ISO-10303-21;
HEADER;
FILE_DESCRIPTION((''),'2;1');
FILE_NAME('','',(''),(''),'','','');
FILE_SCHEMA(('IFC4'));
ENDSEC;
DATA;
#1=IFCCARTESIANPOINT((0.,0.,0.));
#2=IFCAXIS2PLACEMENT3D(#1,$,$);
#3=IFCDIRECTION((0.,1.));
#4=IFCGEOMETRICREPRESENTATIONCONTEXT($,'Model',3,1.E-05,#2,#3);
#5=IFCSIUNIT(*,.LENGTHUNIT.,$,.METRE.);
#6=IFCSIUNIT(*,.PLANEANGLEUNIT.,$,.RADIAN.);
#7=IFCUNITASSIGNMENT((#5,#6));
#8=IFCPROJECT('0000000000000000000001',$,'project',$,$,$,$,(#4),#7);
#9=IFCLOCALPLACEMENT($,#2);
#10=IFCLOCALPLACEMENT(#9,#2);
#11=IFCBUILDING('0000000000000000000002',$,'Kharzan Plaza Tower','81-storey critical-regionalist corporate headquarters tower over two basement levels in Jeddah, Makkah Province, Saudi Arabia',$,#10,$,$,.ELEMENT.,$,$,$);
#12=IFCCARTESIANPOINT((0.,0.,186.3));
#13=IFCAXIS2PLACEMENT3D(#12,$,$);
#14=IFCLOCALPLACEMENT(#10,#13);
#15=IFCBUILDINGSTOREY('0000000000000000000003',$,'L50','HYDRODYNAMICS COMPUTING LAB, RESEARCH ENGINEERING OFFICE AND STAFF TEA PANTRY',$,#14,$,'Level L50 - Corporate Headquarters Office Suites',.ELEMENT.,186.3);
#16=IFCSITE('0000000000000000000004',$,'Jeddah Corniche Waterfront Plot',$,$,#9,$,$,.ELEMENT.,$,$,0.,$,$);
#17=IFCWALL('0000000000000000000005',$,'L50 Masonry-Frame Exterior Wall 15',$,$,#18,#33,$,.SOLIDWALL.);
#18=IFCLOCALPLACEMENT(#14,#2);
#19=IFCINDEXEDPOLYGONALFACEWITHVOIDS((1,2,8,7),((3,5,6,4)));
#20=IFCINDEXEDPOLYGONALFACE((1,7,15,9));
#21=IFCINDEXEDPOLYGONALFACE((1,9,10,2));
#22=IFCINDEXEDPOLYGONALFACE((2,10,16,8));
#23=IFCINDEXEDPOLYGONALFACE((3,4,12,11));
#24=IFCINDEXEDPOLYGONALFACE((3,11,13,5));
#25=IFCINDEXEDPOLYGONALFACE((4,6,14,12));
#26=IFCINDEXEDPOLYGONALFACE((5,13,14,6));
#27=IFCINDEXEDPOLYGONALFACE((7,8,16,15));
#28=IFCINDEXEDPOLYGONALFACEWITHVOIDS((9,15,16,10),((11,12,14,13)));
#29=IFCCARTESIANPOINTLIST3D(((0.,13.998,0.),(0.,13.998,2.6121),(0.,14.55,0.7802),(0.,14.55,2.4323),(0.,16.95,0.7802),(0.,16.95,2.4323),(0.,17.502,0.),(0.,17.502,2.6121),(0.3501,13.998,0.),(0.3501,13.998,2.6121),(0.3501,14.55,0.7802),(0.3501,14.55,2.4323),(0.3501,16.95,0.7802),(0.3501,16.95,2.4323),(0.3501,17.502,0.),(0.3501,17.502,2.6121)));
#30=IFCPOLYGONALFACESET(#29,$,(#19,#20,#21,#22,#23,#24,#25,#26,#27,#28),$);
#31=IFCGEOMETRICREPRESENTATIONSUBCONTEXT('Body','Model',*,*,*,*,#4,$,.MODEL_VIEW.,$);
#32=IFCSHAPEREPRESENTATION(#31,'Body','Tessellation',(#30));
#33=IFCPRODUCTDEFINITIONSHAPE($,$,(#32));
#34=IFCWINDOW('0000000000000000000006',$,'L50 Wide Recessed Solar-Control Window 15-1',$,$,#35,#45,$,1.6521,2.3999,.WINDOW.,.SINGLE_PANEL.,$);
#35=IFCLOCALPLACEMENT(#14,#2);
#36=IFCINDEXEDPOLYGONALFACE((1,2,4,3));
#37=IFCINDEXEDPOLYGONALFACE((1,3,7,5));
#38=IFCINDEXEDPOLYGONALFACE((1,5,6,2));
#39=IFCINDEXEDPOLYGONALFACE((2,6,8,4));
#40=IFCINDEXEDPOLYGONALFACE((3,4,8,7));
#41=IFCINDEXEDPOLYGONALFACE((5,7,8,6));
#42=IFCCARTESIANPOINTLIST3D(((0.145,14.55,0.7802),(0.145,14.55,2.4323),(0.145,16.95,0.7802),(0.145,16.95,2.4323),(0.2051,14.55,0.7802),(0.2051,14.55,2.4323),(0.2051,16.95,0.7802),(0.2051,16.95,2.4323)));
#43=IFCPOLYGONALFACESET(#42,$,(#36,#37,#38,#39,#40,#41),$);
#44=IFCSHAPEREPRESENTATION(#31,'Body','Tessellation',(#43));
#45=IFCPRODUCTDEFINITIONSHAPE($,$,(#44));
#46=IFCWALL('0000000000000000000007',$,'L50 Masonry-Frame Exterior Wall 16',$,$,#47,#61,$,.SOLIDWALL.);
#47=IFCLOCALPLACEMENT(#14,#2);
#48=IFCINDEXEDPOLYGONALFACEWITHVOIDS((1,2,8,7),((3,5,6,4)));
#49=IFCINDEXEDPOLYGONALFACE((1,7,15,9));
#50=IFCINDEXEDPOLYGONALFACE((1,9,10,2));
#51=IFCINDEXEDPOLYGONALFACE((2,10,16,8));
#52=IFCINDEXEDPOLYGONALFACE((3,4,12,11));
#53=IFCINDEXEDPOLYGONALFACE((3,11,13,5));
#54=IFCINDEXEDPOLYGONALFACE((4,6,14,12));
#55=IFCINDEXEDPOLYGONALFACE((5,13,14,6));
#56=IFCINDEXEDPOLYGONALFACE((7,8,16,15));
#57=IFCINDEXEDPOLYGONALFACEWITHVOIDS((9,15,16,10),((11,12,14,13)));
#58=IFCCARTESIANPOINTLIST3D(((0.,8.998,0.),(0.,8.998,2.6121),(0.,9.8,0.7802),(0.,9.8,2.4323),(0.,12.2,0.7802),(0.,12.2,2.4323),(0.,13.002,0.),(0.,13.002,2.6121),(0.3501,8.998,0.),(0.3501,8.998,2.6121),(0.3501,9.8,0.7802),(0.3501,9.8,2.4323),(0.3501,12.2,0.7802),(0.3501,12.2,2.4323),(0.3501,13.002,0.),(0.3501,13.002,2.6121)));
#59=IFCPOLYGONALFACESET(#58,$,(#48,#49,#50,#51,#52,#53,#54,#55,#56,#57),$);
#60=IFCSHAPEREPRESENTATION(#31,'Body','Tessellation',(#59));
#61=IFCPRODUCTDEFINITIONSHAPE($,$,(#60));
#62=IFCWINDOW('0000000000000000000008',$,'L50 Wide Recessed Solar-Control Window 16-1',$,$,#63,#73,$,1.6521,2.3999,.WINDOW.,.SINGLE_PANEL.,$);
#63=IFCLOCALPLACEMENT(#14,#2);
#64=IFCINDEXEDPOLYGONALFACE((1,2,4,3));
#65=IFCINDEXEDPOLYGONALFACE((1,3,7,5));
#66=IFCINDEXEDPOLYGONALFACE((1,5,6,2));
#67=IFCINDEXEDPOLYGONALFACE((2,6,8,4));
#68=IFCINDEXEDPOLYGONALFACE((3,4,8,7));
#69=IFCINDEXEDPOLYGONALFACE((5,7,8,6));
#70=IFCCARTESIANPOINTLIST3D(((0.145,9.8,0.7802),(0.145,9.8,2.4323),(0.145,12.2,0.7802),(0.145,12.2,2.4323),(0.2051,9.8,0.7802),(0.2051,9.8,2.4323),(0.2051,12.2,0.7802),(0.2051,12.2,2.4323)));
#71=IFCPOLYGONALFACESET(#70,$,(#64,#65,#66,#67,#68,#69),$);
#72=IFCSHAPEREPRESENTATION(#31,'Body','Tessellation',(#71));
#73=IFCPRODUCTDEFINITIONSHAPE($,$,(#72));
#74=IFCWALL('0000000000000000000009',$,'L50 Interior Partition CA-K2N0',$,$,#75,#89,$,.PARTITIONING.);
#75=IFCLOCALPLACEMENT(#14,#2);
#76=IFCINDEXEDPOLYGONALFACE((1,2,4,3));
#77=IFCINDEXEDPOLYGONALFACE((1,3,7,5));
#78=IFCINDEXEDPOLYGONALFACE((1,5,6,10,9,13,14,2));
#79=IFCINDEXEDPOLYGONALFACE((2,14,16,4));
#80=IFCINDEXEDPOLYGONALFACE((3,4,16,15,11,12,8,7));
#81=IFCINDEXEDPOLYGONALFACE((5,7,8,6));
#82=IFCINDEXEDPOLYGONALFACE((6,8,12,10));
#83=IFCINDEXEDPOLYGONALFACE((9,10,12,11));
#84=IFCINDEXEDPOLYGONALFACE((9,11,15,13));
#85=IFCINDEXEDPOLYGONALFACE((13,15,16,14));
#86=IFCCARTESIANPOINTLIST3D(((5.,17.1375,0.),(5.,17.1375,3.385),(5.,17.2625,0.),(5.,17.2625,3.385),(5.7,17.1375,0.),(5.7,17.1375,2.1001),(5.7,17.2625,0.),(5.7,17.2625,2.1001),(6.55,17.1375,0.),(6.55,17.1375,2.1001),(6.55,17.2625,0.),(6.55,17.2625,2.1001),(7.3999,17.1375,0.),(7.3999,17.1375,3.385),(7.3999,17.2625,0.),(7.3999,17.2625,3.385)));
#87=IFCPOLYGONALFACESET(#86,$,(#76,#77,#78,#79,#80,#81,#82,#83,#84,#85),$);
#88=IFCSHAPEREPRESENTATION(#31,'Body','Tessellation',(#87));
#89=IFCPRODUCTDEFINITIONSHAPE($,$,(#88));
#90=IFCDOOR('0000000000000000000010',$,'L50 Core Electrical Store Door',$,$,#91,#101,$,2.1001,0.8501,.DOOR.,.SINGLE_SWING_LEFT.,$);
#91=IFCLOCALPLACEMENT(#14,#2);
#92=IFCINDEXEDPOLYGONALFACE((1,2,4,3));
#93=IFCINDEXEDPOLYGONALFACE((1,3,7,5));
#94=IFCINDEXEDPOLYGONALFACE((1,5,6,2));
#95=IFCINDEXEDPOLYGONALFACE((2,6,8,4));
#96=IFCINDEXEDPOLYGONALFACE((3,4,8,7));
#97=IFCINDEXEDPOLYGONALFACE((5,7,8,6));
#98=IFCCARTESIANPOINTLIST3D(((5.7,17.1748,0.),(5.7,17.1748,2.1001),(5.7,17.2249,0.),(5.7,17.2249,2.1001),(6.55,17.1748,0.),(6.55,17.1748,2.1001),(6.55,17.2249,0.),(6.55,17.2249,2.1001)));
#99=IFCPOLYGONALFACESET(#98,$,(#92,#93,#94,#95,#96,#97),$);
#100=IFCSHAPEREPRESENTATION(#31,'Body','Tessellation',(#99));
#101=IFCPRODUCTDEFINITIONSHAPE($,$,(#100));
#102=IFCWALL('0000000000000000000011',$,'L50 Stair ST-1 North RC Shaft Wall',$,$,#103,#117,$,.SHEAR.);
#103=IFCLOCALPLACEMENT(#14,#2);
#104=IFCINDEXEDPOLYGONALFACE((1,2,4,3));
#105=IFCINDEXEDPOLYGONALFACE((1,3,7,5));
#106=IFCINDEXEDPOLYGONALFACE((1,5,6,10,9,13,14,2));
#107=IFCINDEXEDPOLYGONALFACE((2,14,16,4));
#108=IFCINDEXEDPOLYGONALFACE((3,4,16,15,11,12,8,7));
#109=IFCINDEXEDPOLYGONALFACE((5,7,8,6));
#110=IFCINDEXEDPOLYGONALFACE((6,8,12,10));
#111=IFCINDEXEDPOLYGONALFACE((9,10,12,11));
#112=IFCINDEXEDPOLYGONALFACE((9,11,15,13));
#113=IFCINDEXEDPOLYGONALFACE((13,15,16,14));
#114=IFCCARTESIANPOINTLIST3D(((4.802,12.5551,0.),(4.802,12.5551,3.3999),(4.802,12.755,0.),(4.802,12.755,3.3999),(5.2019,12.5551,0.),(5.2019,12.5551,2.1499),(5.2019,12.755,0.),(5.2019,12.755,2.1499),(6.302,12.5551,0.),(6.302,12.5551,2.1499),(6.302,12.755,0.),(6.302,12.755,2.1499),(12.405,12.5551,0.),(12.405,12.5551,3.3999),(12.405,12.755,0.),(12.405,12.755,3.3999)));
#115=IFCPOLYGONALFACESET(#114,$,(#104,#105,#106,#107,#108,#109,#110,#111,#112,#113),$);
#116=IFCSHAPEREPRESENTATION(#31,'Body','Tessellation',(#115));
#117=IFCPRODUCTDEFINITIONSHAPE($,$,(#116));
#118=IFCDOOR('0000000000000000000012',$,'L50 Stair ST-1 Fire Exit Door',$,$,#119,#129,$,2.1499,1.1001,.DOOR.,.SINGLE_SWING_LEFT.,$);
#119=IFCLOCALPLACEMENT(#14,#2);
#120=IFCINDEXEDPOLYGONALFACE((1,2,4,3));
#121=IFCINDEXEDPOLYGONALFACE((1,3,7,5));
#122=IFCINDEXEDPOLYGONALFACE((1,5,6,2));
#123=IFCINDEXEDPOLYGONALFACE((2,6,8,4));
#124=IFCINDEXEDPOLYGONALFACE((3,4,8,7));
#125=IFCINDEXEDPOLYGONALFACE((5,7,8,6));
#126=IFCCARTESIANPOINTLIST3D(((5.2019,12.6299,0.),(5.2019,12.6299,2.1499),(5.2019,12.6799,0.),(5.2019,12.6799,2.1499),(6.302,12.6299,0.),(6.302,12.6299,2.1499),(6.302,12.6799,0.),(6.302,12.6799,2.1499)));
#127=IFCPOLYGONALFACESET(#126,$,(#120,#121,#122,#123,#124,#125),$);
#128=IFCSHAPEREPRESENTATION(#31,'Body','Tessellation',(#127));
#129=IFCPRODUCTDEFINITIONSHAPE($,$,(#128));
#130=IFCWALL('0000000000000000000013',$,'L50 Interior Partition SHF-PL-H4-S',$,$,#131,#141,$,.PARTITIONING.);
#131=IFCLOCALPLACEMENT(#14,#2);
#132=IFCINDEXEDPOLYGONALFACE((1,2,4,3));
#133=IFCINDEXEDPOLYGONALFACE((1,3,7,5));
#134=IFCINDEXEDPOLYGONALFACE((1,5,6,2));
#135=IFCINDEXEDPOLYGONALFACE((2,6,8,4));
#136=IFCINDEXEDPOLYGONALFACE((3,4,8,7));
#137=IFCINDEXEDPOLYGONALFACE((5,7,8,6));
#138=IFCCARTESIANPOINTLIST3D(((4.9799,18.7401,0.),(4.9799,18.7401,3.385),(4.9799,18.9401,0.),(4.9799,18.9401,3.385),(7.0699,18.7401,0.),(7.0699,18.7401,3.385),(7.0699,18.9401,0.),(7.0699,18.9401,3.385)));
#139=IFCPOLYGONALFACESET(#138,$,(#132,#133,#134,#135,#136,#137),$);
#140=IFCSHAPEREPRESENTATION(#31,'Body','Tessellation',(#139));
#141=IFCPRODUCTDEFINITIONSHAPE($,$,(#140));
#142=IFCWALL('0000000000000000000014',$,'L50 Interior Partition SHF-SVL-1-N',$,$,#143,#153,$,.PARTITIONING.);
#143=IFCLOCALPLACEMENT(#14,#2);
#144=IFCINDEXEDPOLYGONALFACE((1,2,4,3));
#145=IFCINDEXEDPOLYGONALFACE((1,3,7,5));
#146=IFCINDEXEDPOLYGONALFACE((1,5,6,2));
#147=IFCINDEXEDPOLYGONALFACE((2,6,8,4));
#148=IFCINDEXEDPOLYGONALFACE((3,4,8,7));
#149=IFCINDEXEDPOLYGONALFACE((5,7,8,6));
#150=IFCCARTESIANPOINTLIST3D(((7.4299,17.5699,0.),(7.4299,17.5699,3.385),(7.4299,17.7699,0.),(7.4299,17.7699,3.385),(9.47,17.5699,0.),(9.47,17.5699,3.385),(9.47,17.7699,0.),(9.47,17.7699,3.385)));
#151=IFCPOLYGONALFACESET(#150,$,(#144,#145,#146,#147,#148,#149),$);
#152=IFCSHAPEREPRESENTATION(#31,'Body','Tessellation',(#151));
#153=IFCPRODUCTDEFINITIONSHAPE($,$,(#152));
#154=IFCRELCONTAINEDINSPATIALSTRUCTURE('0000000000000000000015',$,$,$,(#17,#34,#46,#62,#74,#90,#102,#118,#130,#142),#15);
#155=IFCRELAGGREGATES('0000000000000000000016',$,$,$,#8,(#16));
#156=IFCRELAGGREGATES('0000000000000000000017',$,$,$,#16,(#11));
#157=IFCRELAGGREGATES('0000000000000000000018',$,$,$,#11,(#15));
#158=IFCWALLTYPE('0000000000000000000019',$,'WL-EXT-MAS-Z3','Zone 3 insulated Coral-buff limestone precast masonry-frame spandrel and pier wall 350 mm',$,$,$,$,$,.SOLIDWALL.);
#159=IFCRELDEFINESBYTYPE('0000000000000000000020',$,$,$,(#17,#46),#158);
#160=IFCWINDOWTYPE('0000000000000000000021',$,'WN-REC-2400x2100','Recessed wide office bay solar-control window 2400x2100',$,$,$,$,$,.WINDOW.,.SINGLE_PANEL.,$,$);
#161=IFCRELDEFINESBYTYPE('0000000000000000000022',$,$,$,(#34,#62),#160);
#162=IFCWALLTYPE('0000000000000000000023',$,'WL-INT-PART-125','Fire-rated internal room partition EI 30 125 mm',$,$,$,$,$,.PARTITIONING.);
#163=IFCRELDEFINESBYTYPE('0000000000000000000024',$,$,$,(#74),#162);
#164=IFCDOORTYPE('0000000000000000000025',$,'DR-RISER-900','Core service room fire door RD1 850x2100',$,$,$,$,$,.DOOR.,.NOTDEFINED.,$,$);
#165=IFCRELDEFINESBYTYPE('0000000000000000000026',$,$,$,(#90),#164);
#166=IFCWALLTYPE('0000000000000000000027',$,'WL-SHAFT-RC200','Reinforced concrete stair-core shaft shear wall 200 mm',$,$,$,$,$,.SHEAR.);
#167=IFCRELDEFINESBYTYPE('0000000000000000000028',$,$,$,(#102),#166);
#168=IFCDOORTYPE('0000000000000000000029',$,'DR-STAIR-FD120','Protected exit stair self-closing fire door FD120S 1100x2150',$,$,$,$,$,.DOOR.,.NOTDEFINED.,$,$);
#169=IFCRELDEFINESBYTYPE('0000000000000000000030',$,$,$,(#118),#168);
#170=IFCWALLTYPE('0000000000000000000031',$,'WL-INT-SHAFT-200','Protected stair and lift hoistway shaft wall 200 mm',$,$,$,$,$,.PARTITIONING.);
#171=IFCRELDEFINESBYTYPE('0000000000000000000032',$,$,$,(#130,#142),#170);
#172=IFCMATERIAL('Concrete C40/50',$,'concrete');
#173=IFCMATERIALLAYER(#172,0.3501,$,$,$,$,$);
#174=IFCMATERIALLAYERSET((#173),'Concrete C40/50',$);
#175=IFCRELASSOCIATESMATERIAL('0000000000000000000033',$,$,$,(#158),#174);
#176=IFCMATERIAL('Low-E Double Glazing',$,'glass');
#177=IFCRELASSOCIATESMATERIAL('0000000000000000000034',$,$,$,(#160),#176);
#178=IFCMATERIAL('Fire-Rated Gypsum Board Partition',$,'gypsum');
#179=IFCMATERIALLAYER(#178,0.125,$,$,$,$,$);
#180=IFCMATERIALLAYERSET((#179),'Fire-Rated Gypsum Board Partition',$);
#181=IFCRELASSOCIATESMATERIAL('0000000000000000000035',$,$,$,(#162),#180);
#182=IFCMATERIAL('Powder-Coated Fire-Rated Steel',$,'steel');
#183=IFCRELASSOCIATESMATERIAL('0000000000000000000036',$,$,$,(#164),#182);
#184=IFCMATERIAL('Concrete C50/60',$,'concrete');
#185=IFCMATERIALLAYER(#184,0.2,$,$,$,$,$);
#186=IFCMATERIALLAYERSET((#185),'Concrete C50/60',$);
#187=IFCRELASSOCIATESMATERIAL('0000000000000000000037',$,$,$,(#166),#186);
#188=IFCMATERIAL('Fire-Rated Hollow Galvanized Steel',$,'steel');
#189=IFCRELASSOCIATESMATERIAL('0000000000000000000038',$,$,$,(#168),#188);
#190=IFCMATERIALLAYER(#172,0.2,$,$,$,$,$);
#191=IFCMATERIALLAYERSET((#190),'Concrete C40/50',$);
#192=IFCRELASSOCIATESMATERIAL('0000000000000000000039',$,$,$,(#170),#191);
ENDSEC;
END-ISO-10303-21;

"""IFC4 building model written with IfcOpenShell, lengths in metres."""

from ifc_helpers import new_model, si_unit, direction, frame, frame_2d, origin, place, context, subcontext, project, spatial, rectangle, extrude, source, transform, mapped, material, layer, layer_set, type_object, element, fill, save


model = new_model("IFC4")

# Units and contexts
model_context = context("Model", 3, precision=1e-05, world=origin(), true_north=direction((0.0, 1.0)))
body_context = subcontext(model_context, "Body", "Model", "MODEL_VIEW")
ifc_project = project(units=[si_unit("LENGTHUNIT", "METRE"), si_unit("PLANEANGLEUNIT", "RADIAN")], contexts=[model_context])

# Site, building, storey
site_placement = place(None, origin())
site = spatial("IfcSite", under=ifc_project, at=site_placement, Name="Jeddah Corniche Waterfront Plot", CompositionType="ELEMENT", RefElevation=0.0)
building_placement = place(site_placement, origin())
building = spatial("IfcBuilding", under=site, at=building_placement, Name="Kharzan Plaza Tower", Description="81-storey critical-regionalist corporate headquarters tower over two basement levels in Jeddah, Makkah Province, Saudi Arabia", CompositionType="ELEMENT")
storey_placement = place(building_placement, frame((0.0, 0.0, 186.3)))
storey = spatial("IfcBuildingStorey", under=building, at=storey_placement, Name="L50", Description="HYDRODYNAMICS COMPUTING LAB, RESEARCH ENGINEERING OFFICE AND STAFF TEA PANTRY", LongName="Level L50 - Corporate Headquarters Office Suites", CompositionType="ELEMENT", Elevation=186.3)

# Shared definitions
ifc_material_1 = material(Name="Concrete C50/60", Category="concrete")

# Walls, openings, windows
ifc_material_2 = material(Name="Concrete C40/50", Category="concrete")
ifc_layer_1 = layer(ifc_material_2, 0.3501)
ifc_layer_set_1 = layer_set([ifc_layer_1], Name="Concrete C40/50")
wall_type_1 = type_object("IfcWallType", Name="WL-EXT-MAS-Z3", Description="Zone 3 insulated Coral-buff limestone precast masonry-frame spandrel and pier wall 350 mm", PredefinedType="SOLIDWALL", material=ifc_layer_set_1)
wall_1_placement = place(storey_placement, frame((0.175, 17.502, 0.0), z_axis=(0.0, 0.0, 1.0), x_axis=(0.0, -1.0, 0.0)))
wall_1 = element("IfcWall", 1, at=wall_1_placement, inside=storey, type_object=wall_type_1, Name="L50 Masonry-Frame Exterior Wall 15", PredefinedType="SOLIDWALL", context=body_context, shape_type="SweptSolid", body=[
    extrude(rectangle(XDim=3.5039, YDim=0.3501, at=frame_2d((1.752, 0.0))), origin(), (0.0, 0.0, 1.0), 2.6121),
])
opening_1_placement = place(wall_1_placement, frame((0.552, 0.0, 0.78)))
opening_1 = element("IfcOpeningElement", 2, at=opening_1_placement, cuts=wall_1, PredefinedType="OPENING", context=body_context, shape_type="SweptSolid", body=[
    extrude(rectangle(XDim=2.3999, YDim=1.6521, at=frame_2d((1.2, 0.8262))), frame((0.0, 0.1851, 0.0), z_axis=(0.0, -1.0, 0.0), x_axis=(1.0, 0.0, 0.0)), (0.0, 0.0, 1.0), 0.3701),
])
ifc_material_3 = material(Name="Low-E Double Glazing", Category="glass")
window_type = type_object("IfcWindowType", Name="WN-REC-2400x2100", Description="Recessed wide office bay solar-control window 2400x2100", PartitioningType="SINGLE_PANEL", PredefinedType="WINDOW", material=ifc_material_3)
shared_shape_1 = source(origin(), body_context, "Body", "SweptSolid", [
    extrude(rectangle(XDim=2.3999, YDim=1.6521, at=frame_2d((1.2, 0.8262))), frame((0.0, 0.03, 0.0), z_axis=(0.0, -1.0, 0.0), x_axis=(1.0, 0.0, 0.0)), (0.0, 0.0, 1.0), 0.0601),
])
window_1_placement = place(opening_1_placement, origin())
window_1 = element("IfcWindow", 3, at=window_1_placement, inside=storey, type_object=window_type, Name="L50 Wide Recessed Solar-Control Window 15-1", OverallHeight=1.6521, OverallWidth=2.3999, PartitioningType="SINGLE_PANEL", PredefinedType="WINDOW", context=body_context, shape_type="MappedRepresentation", body=[
    mapped(shared_shape_1, transform((0.0, 0.0, 0.0), x_axis=(1.0, 0.0, 0.0), y_axis=(0.0, 1.0, 0.0), z_axis=(0.0, 0.0, 1.0))),
])
fill(opening_1, window_1)
wall_2_placement = place(storey_placement, frame((0.175, 13.002, 0.0), z_axis=(0.0, 0.0, 1.0), x_axis=(0.0, -1.0, 0.0)))
wall_2 = element("IfcWall", 4, at=wall_2_placement, inside=storey, type_object=wall_type_1, Name="L50 Masonry-Frame Exterior Wall 16", PredefinedType="SOLIDWALL", context=body_context, shape_type="SweptSolid", body=[
    extrude(rectangle(XDim=4.0039, YDim=0.3501, at=frame_2d((2.002, 0.0))), origin(), (0.0, 0.0, 1.0), 2.6121),
])
opening_2_placement = place(wall_2_placement, frame((0.802, 0.0, 0.78)))
opening_2 = element("IfcOpeningElement", 5, at=opening_2_placement, cuts=wall_2, PredefinedType="OPENING", context=body_context, shape_type="SweptSolid", body=[
    extrude(rectangle(XDim=2.3999, YDim=1.6521, at=frame_2d((1.2, 0.8262))), frame((0.0, 0.1851, 0.0), z_axis=(0.0, -1.0, 0.0), x_axis=(1.0, 0.0, 0.0)), (0.0, 0.0, 1.0), 0.3701),
])
window_2_placement = place(opening_2_placement, origin())
window_2 = element("IfcWindow", 6, at=window_2_placement, inside=storey, type_object=window_type, Name="L50 Wide Recessed Solar-Control Window 16-1", OverallHeight=1.6521, OverallWidth=2.3999, PartitioningType="SINGLE_PANEL", PredefinedType="WINDOW", context=body_context, shape_type="MappedRepresentation", body=[
    mapped(shared_shape_1, transform((0.0, 0.0, 0.0), x_axis=(1.0, 0.0, 0.0), y_axis=(0.0, 1.0, 0.0), z_axis=(0.0, 0.0, 1.0))),
])
fill(opening_2, window_2)

# Walls, openings, doors
ifc_material_4 = material(Name="Fire-Rated Gypsum Board Partition", Category="gypsum")
ifc_layer_2 = layer(ifc_material_4, 0.125)
ifc_layer_set_2 = layer_set([ifc_layer_2], Name="Fire-Rated Gypsum Board Partition")
wall_type_2 = type_object("IfcWallType", Name="WL-INT-PART-125", Description="Fire-rated internal room partition EI 30 125 mm", PredefinedType="PARTITIONING", material=ifc_layer_set_2)
wall_3_placement = place(storey_placement, frame((5.0, 17.2, 0.0), z_axis=(0.0, 0.0, 1.0), x_axis=(1.0, 0.0, 0.0)))
wall_3 = element("IfcWall", 7, at=wall_3_placement, inside=storey, type_object=wall_type_2, Name="L50 Interior Partition CA-K2N0", PredefinedType="PARTITIONING", context=body_context, shape_type="SweptSolid", body=[
    extrude(rectangle(XDim=2.3999, YDim=0.125, at=frame_2d((1.2, 0.0))), origin(), (0.0, 0.0, 1.0), 3.385),
])
opening_3_placement = place(wall_3_placement, frame((0.7, 0.0, 0.0)))
opening_3 = element("IfcOpeningElement", 8, at=opening_3_placement, cuts=wall_3, PredefinedType="OPENING", context=body_context, shape_type="SweptSolid", body=[
    extrude(rectangle(XDim=0.8501, YDim=2.1001, at=frame_2d((0.425, 1.05))), frame((0.0, 0.0725, 0.0), z_axis=(0.0, -1.0, 0.0), x_axis=(1.0, 0.0, 0.0)), (0.0, 0.0, 1.0), 0.145),
])
ifc_material_5 = material(Name="Powder-Coated Fire-Rated Steel", Category="steel")
door_type_1 = type_object("IfcDoorType", Name="DR-RISER-900", Description="Core service room fire door RD1 850x2100", OperationType="NOTDEFINED", PredefinedType="DOOR", material=ifc_material_5)
shared_shape_2 = source(origin(), body_context, "Body", "SweptSolid", [
    extrude(rectangle(XDim=0.8501, YDim=2.1001, at=frame_2d((0.425, 1.05))), frame((0.0, 0.0249, 0.0), z_axis=(0.0, -1.0, 0.0), x_axis=(1.0, 0.0, 0.0)), (0.0, 0.0, 1.0), 0.05),
])
door_1_placement = place(opening_3_placement, origin())
door_1 = element("IfcDoor", 9, at=door_1_placement, inside=storey, type_object=door_type_1, Name="L50 Core Electrical Store Door", OperationType="SINGLE_SWING_LEFT", OverallHeight=2.1001, OverallWidth=0.8501, PredefinedType="DOOR", context=body_context, shape_type="MappedRepresentation", body=[
    mapped(shared_shape_2, transform((0.0, 0.0, 0.0), x_axis=(1.0, 0.0, 0.0), y_axis=(0.0, 1.0, 0.0), z_axis=(0.0, 0.0, 1.0))),
])
fill(opening_3, door_1)
ifc_layer_3 = layer(ifc_material_1, 0.2)
ifc_layer_set_3 = layer_set([ifc_layer_3], Name="Concrete C50/60")
wall_type_3 = type_object("IfcWallType", Name="WL-SHAFT-RC200", Description="Reinforced concrete stair-core shaft shear wall 200 mm", PredefinedType="SHEAR", material=ifc_layer_set_3)
wall_4_placement = place(storey_placement, frame((4.802, 12.655, 0.0), z_axis=(0.0, 0.0, 1.0), x_axis=(1.0, 0.0, 0.0)))
wall_4 = element("IfcWall", 10, at=wall_4_placement, inside=storey, type_object=wall_type_3, Name="L50 Stair ST-1 North RC Shaft Wall", PredefinedType="SHEAR", context=body_context, shape_type="SweptSolid", body=[
    extrude(rectangle(XDim=7.603, YDim=0.2, at=frame_2d((3.8015, 0.0))), origin(), (0.0, 0.0, 1.0), 3.3999),
])
opening_4_placement = place(wall_4_placement, frame((0.3999, 0.0, 0.0)))
opening_4 = element("IfcOpeningElement", 11, at=opening_4_placement, cuts=wall_4, PredefinedType="OPENING", context=body_context, shape_type="SweptSolid", body=[
    extrude(rectangle(XDim=1.1001, YDim=2.1499, at=frame_2d((0.55, 1.075))), frame((0.0, 0.1099, 0.0), z_axis=(0.0, -1.0, 0.0), x_axis=(1.0, 0.0, 0.0)), (0.0, 0.0, 1.0), 0.22),
])
ifc_material_6 = material(Name="Fire-Rated Hollow Galvanized Steel", Category="steel")
door_type_2 = type_object("IfcDoorType", Name="DR-STAIR-FD120", Description="Protected exit stair self-closing fire door FD120S 1100x2150", OperationType="NOTDEFINED", PredefinedType="DOOR", material=ifc_material_6)
shared_shape_3 = source(origin(), body_context, "Body", "SweptSolid", [
    extrude(rectangle(XDim=1.1001, YDim=2.1499, at=frame_2d((0.55, 1.075))), frame((0.0, 0.0249, 0.0), z_axis=(0.0, -1.0, 0.0), x_axis=(1.0, 0.0, 0.0)), (0.0, 0.0, 1.0), 0.05),
])
door_2_placement = place(opening_4_placement, origin())
door_2 = element("IfcDoor", 12, at=door_2_placement, inside=storey, type_object=door_type_2, Name="L50 Stair ST-1 Fire Exit Door", OperationType="SINGLE_SWING_LEFT", OverallHeight=2.1499, OverallWidth=1.1001, PredefinedType="DOOR", context=body_context, shape_type="MappedRepresentation", body=[
    mapped(shared_shape_3, transform((0.0, 0.0, 0.0), x_axis=(1.0, 0.0, 0.0), y_axis=(0.0, 1.0, 0.0), z_axis=(0.0, 0.0, 1.0))),
])
fill(opening_4, door_2)

# Walls
ifc_layer_4 = layer(ifc_material_2, 0.2)
ifc_layer_set_4 = layer_set([ifc_layer_4], Name="Concrete C40/50")
wall_type_4 = type_object("IfcWallType", Name="WL-INT-SHAFT-200", Description="Protected stair and lift hoistway shaft wall 200 mm", PredefinedType="PARTITIONING", material=ifc_layer_set_4)
shared_shape_4 = source(origin(), body_context, "Body", "SweptSolid", [
    extrude(rectangle(XDim=2.0901, YDim=0.2, at=frame_2d((1.0449, 0.0))), origin(), (0.0, 0.0, 1.0), 3.385),
])
wall_5_placement = place(storey_placement, frame((4.98, 18.8401, 0.0), z_axis=(0.0, 0.0, 1.0), x_axis=(1.0, 0.0, 0.0)))
element("IfcWall", 13, at=wall_5_placement, inside=storey, type_object=wall_type_4, Name="L50 Interior Partition SHF-PL-H4-S", PredefinedType="PARTITIONING", context=body_context, shape_type="MappedRepresentation", body=[
    mapped(shared_shape_4, transform((0.0, 0.0, 0.0), x_axis=(1.0, 0.0, 0.0), y_axis=(0.0, 1.0, 0.0), z_axis=(0.0, 0.0, 1.0))),
])
shared_shape_5 = source(origin(), body_context, "Body", "SweptSolid", [
    extrude(rectangle(XDim=2.04, YDim=0.2, at=frame_2d((1.02, 0.0))), origin(), (0.0, 0.0, 1.0), 3.385),
])
for number, where, z_axis, x_axis, name in (
    (14, (7.4299, 17.6699, 0.0), (0.0, 0.0, 1.0), (1.0, 0.0, 0.0), "L50 Interior Partition SHF-SVL-1-N"),
):
    element("IfcWall", number, at=place(storey_placement, frame(where, z_axis=z_axis, x_axis=x_axis)), inside=storey, type_object=wall_type_4, Name=name, PredefinedType="PARTITIONING", context=body_context, shape_type="MappedRepresentation", body=[
        mapped(shared_shape_5, transform((0.0, 0.0, 0.0), x_axis=(1.0, 0.0, 0.0), y_axis=(0.0, 1.0, 0.0), z_axis=(0.0, 0.0, 1.0))),
    ])

save(model, "model.ifc")
